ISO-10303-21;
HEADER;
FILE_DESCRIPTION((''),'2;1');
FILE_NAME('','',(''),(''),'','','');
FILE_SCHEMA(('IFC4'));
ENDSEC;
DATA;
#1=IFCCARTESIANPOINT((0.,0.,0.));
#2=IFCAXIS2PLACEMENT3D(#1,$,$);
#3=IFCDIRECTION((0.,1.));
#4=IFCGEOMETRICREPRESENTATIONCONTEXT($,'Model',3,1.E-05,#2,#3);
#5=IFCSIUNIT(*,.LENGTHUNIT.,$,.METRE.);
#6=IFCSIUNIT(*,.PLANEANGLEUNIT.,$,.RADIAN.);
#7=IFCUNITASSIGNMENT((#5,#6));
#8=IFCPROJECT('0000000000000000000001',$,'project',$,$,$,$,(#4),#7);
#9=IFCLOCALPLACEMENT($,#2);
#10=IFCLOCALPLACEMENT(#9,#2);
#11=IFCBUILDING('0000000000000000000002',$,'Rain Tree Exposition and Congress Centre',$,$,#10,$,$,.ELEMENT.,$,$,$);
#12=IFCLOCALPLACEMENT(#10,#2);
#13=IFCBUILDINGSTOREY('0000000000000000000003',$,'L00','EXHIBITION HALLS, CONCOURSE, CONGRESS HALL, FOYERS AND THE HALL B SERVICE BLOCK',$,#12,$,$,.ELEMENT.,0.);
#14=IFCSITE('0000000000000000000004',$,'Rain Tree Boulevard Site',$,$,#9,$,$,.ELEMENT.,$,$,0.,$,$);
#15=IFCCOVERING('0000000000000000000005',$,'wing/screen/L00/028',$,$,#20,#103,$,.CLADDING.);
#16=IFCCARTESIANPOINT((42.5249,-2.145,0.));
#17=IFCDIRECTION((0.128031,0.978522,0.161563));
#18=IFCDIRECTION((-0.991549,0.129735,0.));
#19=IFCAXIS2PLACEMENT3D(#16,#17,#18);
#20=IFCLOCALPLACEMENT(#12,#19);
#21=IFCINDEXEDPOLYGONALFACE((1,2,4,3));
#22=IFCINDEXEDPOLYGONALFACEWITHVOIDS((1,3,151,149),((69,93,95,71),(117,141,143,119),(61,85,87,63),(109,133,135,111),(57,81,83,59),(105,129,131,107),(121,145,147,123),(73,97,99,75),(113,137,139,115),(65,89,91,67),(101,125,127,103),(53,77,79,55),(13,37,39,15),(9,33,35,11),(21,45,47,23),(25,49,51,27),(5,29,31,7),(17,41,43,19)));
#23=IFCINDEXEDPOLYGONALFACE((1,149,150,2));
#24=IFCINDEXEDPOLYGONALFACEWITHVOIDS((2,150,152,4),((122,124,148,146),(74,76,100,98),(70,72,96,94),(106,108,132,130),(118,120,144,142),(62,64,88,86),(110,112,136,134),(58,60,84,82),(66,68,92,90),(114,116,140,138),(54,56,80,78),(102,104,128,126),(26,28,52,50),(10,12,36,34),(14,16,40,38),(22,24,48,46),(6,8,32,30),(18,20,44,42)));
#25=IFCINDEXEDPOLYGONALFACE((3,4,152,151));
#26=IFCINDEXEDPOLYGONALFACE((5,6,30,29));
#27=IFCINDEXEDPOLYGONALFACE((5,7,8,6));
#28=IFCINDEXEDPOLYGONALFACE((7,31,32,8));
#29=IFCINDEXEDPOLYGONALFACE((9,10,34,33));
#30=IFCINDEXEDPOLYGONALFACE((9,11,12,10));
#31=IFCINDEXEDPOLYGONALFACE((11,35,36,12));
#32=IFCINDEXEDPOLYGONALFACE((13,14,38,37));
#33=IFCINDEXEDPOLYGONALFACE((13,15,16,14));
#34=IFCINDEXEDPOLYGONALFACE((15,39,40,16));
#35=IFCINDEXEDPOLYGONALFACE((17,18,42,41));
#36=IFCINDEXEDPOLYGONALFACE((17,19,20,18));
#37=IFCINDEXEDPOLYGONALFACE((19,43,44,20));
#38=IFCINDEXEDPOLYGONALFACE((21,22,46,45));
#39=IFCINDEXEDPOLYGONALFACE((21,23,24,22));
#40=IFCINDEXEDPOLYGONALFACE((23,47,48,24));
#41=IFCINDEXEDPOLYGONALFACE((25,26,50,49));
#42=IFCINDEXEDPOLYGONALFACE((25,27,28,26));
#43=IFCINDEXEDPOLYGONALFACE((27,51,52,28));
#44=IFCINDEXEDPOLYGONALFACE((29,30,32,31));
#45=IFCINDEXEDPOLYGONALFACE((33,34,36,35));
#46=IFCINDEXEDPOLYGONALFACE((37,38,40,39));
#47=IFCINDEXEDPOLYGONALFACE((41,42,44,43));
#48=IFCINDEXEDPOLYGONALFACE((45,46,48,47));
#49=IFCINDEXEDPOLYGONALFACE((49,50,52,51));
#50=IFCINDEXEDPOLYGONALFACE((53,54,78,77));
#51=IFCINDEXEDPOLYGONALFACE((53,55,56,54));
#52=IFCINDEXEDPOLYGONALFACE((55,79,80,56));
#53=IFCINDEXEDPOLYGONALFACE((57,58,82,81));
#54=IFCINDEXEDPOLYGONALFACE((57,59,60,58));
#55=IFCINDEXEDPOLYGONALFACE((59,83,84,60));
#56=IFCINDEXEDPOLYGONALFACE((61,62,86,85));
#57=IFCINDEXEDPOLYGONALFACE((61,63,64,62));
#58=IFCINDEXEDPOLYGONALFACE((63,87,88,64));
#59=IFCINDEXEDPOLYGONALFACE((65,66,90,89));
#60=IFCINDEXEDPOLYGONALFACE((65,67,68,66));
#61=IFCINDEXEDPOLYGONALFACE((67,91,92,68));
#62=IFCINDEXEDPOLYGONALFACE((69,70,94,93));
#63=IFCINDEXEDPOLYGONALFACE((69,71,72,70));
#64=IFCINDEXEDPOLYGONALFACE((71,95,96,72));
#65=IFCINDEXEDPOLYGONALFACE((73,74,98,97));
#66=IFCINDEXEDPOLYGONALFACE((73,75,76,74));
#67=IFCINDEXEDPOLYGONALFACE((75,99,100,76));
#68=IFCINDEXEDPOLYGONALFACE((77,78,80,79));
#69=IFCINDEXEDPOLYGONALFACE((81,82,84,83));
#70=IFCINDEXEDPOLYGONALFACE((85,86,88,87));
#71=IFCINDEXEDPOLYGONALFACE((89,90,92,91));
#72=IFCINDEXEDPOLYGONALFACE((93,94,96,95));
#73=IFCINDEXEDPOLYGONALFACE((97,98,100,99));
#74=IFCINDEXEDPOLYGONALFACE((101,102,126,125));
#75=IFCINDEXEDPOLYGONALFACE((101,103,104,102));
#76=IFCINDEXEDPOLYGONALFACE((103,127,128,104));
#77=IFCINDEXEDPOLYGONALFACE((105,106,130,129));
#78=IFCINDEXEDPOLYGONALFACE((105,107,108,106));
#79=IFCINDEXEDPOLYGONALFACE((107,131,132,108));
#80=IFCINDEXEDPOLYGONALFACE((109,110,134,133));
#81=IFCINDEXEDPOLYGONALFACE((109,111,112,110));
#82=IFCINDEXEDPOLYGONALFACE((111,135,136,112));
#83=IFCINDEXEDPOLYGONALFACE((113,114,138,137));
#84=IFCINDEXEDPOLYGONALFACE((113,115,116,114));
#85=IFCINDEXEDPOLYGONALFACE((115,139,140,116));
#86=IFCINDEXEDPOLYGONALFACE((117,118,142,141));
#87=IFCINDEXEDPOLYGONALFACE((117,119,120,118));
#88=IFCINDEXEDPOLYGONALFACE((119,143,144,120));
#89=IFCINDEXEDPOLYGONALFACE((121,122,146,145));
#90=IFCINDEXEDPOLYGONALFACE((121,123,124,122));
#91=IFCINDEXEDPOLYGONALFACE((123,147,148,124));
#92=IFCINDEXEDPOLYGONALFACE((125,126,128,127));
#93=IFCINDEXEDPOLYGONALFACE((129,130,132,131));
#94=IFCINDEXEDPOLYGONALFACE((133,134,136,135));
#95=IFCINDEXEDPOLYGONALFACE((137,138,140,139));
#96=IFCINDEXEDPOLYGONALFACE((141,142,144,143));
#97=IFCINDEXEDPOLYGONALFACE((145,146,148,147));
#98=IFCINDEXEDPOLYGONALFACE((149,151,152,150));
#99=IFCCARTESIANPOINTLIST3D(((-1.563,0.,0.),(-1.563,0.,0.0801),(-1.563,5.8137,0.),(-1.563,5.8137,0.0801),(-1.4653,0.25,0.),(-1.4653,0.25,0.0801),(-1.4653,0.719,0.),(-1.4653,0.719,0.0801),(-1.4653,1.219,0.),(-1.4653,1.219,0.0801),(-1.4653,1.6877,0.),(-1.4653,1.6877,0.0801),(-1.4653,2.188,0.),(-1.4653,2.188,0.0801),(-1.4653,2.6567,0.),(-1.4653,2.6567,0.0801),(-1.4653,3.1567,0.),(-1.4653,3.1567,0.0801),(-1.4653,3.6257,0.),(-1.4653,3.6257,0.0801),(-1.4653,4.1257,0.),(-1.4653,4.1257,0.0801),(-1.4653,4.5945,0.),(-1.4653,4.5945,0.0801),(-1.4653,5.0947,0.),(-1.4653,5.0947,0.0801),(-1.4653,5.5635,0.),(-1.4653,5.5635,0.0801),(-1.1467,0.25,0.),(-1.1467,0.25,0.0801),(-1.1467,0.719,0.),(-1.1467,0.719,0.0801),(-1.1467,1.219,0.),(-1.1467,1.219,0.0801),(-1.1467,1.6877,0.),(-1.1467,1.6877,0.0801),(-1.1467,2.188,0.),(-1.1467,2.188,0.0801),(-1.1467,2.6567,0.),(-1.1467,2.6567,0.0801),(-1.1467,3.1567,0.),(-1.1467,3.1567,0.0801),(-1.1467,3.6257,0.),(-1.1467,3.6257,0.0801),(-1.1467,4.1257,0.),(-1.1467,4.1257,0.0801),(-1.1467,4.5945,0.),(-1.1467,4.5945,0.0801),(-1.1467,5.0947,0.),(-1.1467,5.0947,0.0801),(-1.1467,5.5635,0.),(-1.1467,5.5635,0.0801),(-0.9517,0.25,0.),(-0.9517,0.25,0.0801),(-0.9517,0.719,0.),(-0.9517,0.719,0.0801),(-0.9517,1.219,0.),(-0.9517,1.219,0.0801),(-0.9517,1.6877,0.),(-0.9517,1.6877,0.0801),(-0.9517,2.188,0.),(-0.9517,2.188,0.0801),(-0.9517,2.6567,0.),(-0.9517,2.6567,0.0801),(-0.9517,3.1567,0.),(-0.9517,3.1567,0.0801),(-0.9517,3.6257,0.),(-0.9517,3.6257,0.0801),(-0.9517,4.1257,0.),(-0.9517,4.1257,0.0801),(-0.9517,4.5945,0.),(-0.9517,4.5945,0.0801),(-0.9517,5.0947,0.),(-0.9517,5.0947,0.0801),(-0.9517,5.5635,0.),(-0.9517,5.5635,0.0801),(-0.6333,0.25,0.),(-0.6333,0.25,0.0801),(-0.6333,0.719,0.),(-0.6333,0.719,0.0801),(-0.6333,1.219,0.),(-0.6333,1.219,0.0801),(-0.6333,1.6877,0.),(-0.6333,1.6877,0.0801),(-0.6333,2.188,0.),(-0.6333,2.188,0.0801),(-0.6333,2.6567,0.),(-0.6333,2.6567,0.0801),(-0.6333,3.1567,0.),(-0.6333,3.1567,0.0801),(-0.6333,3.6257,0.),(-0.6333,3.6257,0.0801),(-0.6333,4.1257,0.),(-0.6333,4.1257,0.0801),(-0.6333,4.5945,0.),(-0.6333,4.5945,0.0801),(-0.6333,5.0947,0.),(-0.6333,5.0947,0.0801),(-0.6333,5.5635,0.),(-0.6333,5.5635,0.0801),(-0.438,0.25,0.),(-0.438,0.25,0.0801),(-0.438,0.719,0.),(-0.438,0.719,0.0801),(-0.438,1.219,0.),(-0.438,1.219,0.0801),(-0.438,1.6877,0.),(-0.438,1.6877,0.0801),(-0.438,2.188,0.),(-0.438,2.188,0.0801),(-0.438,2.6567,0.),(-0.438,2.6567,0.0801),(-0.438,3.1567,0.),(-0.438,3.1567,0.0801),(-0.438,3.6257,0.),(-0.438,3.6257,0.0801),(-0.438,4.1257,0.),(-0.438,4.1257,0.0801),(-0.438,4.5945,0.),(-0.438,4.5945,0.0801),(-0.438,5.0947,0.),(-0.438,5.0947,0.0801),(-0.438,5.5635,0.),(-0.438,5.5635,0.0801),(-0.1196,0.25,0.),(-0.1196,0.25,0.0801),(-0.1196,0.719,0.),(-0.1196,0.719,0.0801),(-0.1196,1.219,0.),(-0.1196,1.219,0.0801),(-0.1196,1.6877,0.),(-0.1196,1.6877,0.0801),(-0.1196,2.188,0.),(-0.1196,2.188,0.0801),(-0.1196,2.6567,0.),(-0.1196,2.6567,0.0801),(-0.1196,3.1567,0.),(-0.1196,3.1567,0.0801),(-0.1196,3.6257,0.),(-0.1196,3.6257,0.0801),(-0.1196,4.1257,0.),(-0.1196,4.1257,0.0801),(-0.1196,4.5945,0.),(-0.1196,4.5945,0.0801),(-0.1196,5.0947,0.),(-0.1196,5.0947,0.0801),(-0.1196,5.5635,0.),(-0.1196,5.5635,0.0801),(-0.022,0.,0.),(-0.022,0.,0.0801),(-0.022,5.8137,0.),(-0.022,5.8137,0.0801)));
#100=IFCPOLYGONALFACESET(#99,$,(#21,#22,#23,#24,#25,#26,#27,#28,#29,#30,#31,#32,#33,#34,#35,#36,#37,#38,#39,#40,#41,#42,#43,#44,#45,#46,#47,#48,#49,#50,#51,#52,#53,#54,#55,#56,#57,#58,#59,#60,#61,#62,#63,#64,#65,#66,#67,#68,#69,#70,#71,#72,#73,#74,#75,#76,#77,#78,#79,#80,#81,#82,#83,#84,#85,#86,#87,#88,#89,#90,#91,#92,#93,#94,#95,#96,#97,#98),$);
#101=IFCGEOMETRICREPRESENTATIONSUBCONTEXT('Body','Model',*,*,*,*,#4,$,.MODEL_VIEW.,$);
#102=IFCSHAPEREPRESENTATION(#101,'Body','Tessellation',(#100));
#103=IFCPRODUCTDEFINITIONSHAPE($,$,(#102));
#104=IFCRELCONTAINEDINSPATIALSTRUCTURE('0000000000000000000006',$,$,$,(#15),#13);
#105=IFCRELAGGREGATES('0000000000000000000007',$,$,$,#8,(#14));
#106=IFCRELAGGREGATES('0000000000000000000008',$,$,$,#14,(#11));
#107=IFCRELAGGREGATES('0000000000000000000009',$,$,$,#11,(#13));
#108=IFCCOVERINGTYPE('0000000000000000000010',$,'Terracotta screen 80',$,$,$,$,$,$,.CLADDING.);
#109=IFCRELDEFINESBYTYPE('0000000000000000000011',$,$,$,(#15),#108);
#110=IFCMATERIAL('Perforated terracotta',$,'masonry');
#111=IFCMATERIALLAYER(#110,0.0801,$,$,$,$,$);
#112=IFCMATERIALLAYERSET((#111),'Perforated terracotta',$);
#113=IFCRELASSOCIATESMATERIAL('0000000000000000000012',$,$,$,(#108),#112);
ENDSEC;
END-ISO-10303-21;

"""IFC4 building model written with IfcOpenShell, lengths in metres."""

from ifc_helpers import new_model, si_unit, direction, frame, origin, place, context, subcontext, project, spatial, polyline, outline, extrude, material, layer, layer_set, type_object, element, save


model = new_model("IFC4")

# Units and contexts
model_context = context("Model", 3, precision=1e-05, world=origin(), true_north=direction((0.0, 1.0)))
body_context = subcontext(model_context, "Body", "Model", "MODEL_VIEW")
ifc_project = project(units=[si_unit("LENGTHUNIT", "METRE"), si_unit("PLANEANGLEUNIT", "RADIAN")], contexts=[model_context])

# Site, building, storey
site_placement = place(None, origin())
site = spatial("IfcSite", under=ifc_project, at=site_placement, Name="Rain Tree Boulevard Site", CompositionType="ELEMENT", RefElevation=0.0)
building_placement = place(site_placement, origin())
building = spatial("IfcBuilding", under=site, at=building_placement, Name="Rain Tree Exposition and Congress Centre", CompositionType="ELEMENT")
storey_placement = place(building_placement, origin())
storey = spatial("IfcBuildingStorey", under=building, at=storey_placement, Name="L00", Description="EXHIBITION HALLS, CONCOURSE, CONGRESS HALL, FOYERS AND THE HALL B SERVICE BLOCK", CompositionType="ELEMENT", Elevation=0.0)

# Covering
ifc_material_1 = material(Name="Perforated terracotta", Category="masonry")
ifc_layer_1 = layer(ifc_material_1, 0.0801)
ifc_layer_set_1 = layer_set([ifc_layer_1], Name="Perforated terracotta")
covering_type = type_object("IfcCoveringType", Name="Terracotta screen 80", PredefinedType="CLADDING", material=ifc_layer_set_1)
covering_1_placement = place(storey_placement, frame((42.5249, -2.145, 0.0), z_axis=(0.128031, 0.978522, 0.161563), x_axis=(-0.991549, 0.129735, 0.0)))
element("IfcCovering", 1, at=covering_1_placement, inside=storey, type_object=covering_type, Name="wing/screen/L00/028", PredefinedType="CLADDING", context=body_context, shape_type="SweptSolid", body=[
    extrude(outline(polyline([(-1.563, 0.0), (-1.563, 5.8137), (-0.022, 5.8137), (-0.022, 0.0), (-1.563, 0.0)]), holes=[polyline([(-0.1196, 0.25), (-0.1196, 0.719), (-0.438, 0.719), (-0.438, 0.25), (-0.1196, 0.25)]), polyline([(-0.1196, 1.219), (-0.1196, 1.6877), (-0.438, 1.6877), (-0.438, 1.219), (-0.1196, 1.219)]), polyline([(-0.1196, 2.188), (-0.1196, 2.6567), (-0.438, 2.6567), (-0.438, 2.188), (-0.1196, 2.188)]), polyline([(-0.1196, 3.1567), (-0.1196, 3.6257), (-0.438, 3.6257), (-0.438, 3.1567), (-0.1196, 3.1567)]), polyline([(-0.1196, 4.1257), (-0.1196, 4.5945), (-0.438, 4.5945), (-0.438, 4.1257), (-0.1196, 4.1257)]), polyline([(-0.1196, 5.0947), (-0.1196, 5.5635), (-0.438, 5.5635), (-0.438, 5.0947), (-0.1196, 5.0947)]), polyline([(-0.6333, 0.25), (-0.6333, 0.719), (-0.9517, 0.719), (-0.9517, 0.25), (-0.6333, 0.25)]), polyline([(-0.6333, 1.219), (-0.6333, 1.6877), (-0.9517, 1.6877), (-0.9517, 1.219), (-0.6333, 1.219)]), polyline([(-0.6333, 2.188), (-0.6333, 2.6567), (-0.9517, 2.6567), (-0.9517, 2.188), (-0.6333, 2.188)]), polyline([(-0.6333, 3.1567), (-0.6333, 3.6257), (-0.9517, 3.6257), (-0.9517, 3.1567), (-0.6333, 3.1567)]), polyline([(-0.6333, 4.1257), (-0.6333, 4.5945), (-0.9517, 4.5945), (-0.9517, 4.1257), (-0.6333, 4.1257)]), polyline([(-0.6333, 5.0947), (-0.6333, 5.5635), (-0.9517, 5.5635), (-0.9517, 5.0947), (-0.6333, 5.0947)]), polyline([(-1.1467, 0.25), (-1.1467, 0.719), (-1.4653, 0.719), (-1.4653, 0.25), (-1.1467, 0.25)]), polyline([(-1.1467, 1.219), (-1.1467, 1.6877), (-1.4653, 1.6877), (-1.4653, 1.219), (-1.1467, 1.219)]), polyline([(-1.1467, 2.188), (-1.1467, 2.6567), (-1.4653, 2.6567), (-1.4653, 2.188), (-1.1467, 2.188)]), polyline([(-1.1467, 3.1567), (-1.1467, 3.6257), (-1.4653, 3.6257), (-1.4653, 3.1567), (-1.1467, 3.1567)]), polyline([(-1.1467, 4.1257), (-1.1467, 4.5945), (-1.4653, 4.5945), (-1.4653, 4.1257), (-1.1467, 4.1257)]), polyline([(-1.1467, 5.0947), (-1.1467, 5.5635), (-1.4653, 5.5635), (-1.4653, 5.0947), (-1.1467, 5.0947)])]), origin(), (0.0, 0.0, 1.0), 0.0801),
])

save(model, "model.ifc")
